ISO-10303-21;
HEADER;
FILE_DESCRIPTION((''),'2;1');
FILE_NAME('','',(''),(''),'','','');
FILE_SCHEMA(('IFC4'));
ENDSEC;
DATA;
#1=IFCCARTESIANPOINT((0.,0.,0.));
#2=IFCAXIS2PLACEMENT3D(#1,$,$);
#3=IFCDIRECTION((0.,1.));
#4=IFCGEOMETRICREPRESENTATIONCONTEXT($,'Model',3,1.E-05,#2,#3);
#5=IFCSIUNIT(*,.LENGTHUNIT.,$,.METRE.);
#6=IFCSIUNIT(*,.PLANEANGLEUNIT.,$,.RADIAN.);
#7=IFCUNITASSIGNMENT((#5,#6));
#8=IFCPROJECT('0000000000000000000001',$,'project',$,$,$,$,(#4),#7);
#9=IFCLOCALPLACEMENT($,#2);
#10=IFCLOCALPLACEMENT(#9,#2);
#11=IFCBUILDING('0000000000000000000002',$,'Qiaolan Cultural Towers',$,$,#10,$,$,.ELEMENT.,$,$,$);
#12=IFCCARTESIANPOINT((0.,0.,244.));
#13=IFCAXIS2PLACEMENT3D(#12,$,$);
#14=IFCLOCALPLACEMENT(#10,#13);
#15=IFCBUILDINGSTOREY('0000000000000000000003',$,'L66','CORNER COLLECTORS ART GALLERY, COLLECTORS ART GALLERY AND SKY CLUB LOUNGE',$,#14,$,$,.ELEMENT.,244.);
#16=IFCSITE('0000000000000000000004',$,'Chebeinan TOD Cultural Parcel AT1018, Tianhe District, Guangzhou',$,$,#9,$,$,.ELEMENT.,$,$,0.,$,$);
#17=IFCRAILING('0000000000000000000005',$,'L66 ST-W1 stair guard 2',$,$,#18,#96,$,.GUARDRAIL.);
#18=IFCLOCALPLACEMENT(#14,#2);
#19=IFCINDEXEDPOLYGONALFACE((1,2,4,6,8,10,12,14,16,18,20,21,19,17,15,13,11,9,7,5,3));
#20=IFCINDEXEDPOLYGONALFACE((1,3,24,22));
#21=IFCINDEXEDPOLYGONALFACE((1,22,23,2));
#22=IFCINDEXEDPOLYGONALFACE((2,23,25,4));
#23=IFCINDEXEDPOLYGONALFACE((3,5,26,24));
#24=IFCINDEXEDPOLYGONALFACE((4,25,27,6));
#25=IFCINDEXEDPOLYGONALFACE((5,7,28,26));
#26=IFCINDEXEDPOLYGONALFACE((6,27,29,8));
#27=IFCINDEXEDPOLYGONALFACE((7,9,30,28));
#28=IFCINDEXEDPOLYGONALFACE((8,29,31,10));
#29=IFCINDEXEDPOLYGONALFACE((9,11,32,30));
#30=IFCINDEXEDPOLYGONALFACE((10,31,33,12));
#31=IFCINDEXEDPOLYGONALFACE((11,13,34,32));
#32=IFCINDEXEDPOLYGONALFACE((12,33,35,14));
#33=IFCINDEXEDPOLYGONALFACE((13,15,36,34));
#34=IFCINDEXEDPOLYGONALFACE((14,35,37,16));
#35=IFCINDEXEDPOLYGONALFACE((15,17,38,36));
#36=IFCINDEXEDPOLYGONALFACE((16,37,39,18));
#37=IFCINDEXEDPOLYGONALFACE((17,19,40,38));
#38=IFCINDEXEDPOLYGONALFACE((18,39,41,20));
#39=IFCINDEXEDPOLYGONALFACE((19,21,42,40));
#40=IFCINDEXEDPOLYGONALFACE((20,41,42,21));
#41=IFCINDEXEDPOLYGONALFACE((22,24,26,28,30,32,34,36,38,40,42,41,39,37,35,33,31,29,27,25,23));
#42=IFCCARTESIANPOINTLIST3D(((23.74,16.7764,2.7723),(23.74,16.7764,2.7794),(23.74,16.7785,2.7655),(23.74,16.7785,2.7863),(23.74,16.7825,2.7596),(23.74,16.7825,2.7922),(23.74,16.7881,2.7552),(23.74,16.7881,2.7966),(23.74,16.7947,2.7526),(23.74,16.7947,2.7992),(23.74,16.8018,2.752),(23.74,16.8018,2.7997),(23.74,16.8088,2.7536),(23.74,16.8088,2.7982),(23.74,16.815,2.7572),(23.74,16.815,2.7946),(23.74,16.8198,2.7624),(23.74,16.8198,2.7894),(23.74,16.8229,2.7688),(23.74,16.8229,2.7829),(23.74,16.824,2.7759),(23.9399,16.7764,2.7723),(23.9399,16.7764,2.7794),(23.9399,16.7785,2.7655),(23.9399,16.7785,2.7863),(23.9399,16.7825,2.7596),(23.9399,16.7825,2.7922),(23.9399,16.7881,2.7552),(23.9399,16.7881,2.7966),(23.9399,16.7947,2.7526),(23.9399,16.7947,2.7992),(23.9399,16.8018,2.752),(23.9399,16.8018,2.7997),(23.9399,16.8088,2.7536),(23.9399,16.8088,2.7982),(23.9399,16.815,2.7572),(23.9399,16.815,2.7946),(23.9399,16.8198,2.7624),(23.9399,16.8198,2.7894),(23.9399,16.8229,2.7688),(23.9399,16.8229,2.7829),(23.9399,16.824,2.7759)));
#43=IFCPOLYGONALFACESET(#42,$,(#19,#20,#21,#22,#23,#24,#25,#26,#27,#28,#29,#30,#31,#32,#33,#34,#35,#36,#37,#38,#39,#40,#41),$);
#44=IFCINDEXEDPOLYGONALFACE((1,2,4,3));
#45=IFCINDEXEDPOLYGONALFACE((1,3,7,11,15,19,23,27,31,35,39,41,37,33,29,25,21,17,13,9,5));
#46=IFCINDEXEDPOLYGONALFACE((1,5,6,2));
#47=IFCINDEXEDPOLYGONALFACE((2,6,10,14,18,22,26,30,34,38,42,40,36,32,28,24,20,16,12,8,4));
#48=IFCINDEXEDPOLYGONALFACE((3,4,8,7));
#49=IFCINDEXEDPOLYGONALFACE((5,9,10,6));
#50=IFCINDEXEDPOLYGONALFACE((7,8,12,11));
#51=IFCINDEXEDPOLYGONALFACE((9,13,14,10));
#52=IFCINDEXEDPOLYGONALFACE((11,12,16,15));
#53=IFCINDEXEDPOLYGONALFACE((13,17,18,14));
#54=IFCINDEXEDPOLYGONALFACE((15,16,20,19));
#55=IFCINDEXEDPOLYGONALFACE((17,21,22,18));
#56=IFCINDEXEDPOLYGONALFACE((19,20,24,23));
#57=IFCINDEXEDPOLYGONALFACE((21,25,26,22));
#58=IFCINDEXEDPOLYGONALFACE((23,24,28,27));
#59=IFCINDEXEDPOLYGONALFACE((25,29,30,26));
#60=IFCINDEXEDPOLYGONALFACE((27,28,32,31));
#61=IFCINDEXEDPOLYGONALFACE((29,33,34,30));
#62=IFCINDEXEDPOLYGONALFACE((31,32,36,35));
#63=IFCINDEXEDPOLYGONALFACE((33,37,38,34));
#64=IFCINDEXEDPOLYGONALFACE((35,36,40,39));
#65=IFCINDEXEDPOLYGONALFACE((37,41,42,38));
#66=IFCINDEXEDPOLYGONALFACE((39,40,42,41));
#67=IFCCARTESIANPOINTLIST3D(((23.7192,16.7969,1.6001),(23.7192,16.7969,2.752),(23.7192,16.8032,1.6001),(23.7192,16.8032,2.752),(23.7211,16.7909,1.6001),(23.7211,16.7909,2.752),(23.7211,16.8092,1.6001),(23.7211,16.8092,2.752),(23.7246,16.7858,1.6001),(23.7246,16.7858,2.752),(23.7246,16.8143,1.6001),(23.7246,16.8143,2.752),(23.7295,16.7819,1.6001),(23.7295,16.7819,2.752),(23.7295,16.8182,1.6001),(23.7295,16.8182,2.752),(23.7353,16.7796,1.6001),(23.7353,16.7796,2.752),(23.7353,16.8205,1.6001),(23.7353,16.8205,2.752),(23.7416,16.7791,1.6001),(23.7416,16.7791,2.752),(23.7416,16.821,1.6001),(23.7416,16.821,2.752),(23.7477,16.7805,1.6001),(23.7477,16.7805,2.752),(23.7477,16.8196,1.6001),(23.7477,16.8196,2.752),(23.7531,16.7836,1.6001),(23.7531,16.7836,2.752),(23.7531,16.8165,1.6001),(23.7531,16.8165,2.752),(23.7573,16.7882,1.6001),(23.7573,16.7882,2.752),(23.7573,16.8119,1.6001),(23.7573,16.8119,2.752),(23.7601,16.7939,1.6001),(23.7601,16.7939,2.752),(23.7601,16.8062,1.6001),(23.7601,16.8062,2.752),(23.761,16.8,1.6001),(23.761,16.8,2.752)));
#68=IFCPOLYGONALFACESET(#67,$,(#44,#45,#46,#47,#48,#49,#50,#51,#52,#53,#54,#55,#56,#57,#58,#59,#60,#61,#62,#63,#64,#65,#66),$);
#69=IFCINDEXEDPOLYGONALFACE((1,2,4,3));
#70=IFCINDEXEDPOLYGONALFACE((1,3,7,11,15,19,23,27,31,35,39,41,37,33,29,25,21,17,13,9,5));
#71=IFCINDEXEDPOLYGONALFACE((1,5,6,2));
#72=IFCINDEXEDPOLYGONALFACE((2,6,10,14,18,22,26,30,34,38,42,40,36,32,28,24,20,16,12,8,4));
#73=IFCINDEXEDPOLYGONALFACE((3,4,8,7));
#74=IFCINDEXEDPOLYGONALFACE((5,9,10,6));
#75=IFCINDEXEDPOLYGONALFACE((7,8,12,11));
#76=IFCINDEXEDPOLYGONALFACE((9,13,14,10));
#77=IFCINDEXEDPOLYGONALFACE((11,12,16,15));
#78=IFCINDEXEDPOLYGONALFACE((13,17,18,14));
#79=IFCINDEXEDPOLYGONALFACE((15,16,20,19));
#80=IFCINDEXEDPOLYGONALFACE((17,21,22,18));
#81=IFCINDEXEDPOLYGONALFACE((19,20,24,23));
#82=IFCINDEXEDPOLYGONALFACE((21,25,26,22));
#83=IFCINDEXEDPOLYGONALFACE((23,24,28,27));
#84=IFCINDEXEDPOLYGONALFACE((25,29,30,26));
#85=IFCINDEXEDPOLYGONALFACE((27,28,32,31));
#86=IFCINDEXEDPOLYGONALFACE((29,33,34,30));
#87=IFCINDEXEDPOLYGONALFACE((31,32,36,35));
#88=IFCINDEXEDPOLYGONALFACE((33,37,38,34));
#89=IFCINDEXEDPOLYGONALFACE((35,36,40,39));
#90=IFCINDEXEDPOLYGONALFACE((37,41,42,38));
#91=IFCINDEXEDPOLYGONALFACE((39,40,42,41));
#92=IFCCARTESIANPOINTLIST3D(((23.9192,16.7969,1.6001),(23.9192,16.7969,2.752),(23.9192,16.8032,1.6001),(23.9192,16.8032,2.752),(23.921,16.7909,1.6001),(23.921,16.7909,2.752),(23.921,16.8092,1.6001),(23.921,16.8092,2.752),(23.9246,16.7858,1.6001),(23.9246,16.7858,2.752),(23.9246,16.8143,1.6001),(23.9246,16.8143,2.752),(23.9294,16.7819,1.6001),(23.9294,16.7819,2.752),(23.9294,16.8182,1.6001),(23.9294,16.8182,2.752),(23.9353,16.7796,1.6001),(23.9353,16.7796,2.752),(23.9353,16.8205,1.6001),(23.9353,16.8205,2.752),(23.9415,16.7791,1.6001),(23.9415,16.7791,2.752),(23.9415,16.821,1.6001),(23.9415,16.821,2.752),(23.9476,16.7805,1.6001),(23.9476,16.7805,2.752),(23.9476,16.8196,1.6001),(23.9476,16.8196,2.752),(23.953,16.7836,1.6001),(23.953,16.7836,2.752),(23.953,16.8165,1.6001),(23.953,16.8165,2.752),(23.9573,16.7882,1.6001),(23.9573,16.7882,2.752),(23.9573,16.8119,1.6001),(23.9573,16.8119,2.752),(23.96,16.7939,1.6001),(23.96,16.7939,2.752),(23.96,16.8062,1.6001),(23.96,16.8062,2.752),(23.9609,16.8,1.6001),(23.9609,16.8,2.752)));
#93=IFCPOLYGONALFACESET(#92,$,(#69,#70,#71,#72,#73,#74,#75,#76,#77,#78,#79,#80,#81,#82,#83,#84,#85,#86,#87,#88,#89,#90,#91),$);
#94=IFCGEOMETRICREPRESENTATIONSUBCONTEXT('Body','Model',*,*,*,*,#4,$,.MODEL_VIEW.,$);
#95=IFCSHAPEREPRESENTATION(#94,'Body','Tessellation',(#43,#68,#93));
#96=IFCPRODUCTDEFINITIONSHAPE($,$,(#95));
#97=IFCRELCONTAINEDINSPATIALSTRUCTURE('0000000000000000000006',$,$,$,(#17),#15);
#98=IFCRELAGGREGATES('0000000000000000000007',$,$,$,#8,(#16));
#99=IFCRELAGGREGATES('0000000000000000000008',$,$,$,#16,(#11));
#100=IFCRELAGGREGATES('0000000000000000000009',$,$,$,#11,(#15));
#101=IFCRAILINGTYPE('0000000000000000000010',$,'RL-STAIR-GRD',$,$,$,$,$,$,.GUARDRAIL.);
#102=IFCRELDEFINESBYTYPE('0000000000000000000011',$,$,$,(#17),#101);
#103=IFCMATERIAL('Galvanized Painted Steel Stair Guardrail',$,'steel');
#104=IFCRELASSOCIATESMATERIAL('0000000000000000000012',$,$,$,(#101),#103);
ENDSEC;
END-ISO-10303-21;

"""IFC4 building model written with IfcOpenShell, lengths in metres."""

from ifc_helpers import new_model, si_unit, direction, frame, origin, origin_2d, place, context, subcontext, project, spatial, circle, extrude, material, type_object, element, save


model = new_model("IFC4")

# Units and contexts
model_context = context("Model", 3, precision=1e-05, world=origin(), true_north=direction((0.0, 1.0)))
body_context = subcontext(model_context, "Body", "Model", "MODEL_VIEW")
ifc_project = project(units=[si_unit("LENGTHUNIT", "METRE"), si_unit("PLANEANGLEUNIT", "RADIAN")], contexts=[model_context])

# Site, building, storey
site_placement = place(None, origin())
site = spatial("IfcSite", under=ifc_project, at=site_placement, Name="Chebeinan TOD Cultural Parcel AT1018, Tianhe District, Guangzhou", CompositionType="ELEMENT", RefElevation=0.0)
building_placement = place(site_placement, origin())
building = spatial("IfcBuilding", under=site, at=building_placement, Name="Qiaolan Cultural Towers", CompositionType="ELEMENT")
storey_placement = place(building_placement, frame((0.0, 0.0, 244.0)))
storey = spatial("IfcBuildingStorey", under=building, at=storey_placement, Name="L66", Description="CORNER COLLECTORS ART GALLERY, COLLECTORS ART GALLERY AND SKY CLUB LOUNGE", CompositionType="ELEMENT", Elevation=244.0)

# Railing
ifc_material_1 = material(Name="Galvanized Painted Steel Stair Guardrail", Category="steel")
railing_type_1 = type_object("IfcRailingType", Name="RL-STAIR-GRD", PredefinedType="GUARDRAIL", material=ifc_material_1)
railing_1_placement = place(storey_placement, frame((23.74, 16.8, 1.6001)))
element("IfcRailing", 1, at=railing_1_placement, inside=storey, type_object=railing_type_1, Name="L66 ST-W1 stair guard 2", PredefinedType="GUARDRAIL", context=body_context, shape_type="SweptSolid", body=[
    extrude(circle(Radius=0.0239, at=origin_2d()), frame((0.0, 0.0, 1.1758), z_axis=(1.0, 0.0, 0.0), x_axis=(0.0, 1.0, 0.0)), (0.0, 0.0, 1.0), 0.2),
    extrude(circle(Radius=0.021, at=origin_2d()), origin(), (0.0, 0.0, 1.0), 1.1519),
    extrude(circle(Radius=0.021, at=origin_2d()), frame((0.2, 0.0, 0.0)), (0.0, 0.0, 1.0), 1.1519),
])

save(model, "model.ifc")
